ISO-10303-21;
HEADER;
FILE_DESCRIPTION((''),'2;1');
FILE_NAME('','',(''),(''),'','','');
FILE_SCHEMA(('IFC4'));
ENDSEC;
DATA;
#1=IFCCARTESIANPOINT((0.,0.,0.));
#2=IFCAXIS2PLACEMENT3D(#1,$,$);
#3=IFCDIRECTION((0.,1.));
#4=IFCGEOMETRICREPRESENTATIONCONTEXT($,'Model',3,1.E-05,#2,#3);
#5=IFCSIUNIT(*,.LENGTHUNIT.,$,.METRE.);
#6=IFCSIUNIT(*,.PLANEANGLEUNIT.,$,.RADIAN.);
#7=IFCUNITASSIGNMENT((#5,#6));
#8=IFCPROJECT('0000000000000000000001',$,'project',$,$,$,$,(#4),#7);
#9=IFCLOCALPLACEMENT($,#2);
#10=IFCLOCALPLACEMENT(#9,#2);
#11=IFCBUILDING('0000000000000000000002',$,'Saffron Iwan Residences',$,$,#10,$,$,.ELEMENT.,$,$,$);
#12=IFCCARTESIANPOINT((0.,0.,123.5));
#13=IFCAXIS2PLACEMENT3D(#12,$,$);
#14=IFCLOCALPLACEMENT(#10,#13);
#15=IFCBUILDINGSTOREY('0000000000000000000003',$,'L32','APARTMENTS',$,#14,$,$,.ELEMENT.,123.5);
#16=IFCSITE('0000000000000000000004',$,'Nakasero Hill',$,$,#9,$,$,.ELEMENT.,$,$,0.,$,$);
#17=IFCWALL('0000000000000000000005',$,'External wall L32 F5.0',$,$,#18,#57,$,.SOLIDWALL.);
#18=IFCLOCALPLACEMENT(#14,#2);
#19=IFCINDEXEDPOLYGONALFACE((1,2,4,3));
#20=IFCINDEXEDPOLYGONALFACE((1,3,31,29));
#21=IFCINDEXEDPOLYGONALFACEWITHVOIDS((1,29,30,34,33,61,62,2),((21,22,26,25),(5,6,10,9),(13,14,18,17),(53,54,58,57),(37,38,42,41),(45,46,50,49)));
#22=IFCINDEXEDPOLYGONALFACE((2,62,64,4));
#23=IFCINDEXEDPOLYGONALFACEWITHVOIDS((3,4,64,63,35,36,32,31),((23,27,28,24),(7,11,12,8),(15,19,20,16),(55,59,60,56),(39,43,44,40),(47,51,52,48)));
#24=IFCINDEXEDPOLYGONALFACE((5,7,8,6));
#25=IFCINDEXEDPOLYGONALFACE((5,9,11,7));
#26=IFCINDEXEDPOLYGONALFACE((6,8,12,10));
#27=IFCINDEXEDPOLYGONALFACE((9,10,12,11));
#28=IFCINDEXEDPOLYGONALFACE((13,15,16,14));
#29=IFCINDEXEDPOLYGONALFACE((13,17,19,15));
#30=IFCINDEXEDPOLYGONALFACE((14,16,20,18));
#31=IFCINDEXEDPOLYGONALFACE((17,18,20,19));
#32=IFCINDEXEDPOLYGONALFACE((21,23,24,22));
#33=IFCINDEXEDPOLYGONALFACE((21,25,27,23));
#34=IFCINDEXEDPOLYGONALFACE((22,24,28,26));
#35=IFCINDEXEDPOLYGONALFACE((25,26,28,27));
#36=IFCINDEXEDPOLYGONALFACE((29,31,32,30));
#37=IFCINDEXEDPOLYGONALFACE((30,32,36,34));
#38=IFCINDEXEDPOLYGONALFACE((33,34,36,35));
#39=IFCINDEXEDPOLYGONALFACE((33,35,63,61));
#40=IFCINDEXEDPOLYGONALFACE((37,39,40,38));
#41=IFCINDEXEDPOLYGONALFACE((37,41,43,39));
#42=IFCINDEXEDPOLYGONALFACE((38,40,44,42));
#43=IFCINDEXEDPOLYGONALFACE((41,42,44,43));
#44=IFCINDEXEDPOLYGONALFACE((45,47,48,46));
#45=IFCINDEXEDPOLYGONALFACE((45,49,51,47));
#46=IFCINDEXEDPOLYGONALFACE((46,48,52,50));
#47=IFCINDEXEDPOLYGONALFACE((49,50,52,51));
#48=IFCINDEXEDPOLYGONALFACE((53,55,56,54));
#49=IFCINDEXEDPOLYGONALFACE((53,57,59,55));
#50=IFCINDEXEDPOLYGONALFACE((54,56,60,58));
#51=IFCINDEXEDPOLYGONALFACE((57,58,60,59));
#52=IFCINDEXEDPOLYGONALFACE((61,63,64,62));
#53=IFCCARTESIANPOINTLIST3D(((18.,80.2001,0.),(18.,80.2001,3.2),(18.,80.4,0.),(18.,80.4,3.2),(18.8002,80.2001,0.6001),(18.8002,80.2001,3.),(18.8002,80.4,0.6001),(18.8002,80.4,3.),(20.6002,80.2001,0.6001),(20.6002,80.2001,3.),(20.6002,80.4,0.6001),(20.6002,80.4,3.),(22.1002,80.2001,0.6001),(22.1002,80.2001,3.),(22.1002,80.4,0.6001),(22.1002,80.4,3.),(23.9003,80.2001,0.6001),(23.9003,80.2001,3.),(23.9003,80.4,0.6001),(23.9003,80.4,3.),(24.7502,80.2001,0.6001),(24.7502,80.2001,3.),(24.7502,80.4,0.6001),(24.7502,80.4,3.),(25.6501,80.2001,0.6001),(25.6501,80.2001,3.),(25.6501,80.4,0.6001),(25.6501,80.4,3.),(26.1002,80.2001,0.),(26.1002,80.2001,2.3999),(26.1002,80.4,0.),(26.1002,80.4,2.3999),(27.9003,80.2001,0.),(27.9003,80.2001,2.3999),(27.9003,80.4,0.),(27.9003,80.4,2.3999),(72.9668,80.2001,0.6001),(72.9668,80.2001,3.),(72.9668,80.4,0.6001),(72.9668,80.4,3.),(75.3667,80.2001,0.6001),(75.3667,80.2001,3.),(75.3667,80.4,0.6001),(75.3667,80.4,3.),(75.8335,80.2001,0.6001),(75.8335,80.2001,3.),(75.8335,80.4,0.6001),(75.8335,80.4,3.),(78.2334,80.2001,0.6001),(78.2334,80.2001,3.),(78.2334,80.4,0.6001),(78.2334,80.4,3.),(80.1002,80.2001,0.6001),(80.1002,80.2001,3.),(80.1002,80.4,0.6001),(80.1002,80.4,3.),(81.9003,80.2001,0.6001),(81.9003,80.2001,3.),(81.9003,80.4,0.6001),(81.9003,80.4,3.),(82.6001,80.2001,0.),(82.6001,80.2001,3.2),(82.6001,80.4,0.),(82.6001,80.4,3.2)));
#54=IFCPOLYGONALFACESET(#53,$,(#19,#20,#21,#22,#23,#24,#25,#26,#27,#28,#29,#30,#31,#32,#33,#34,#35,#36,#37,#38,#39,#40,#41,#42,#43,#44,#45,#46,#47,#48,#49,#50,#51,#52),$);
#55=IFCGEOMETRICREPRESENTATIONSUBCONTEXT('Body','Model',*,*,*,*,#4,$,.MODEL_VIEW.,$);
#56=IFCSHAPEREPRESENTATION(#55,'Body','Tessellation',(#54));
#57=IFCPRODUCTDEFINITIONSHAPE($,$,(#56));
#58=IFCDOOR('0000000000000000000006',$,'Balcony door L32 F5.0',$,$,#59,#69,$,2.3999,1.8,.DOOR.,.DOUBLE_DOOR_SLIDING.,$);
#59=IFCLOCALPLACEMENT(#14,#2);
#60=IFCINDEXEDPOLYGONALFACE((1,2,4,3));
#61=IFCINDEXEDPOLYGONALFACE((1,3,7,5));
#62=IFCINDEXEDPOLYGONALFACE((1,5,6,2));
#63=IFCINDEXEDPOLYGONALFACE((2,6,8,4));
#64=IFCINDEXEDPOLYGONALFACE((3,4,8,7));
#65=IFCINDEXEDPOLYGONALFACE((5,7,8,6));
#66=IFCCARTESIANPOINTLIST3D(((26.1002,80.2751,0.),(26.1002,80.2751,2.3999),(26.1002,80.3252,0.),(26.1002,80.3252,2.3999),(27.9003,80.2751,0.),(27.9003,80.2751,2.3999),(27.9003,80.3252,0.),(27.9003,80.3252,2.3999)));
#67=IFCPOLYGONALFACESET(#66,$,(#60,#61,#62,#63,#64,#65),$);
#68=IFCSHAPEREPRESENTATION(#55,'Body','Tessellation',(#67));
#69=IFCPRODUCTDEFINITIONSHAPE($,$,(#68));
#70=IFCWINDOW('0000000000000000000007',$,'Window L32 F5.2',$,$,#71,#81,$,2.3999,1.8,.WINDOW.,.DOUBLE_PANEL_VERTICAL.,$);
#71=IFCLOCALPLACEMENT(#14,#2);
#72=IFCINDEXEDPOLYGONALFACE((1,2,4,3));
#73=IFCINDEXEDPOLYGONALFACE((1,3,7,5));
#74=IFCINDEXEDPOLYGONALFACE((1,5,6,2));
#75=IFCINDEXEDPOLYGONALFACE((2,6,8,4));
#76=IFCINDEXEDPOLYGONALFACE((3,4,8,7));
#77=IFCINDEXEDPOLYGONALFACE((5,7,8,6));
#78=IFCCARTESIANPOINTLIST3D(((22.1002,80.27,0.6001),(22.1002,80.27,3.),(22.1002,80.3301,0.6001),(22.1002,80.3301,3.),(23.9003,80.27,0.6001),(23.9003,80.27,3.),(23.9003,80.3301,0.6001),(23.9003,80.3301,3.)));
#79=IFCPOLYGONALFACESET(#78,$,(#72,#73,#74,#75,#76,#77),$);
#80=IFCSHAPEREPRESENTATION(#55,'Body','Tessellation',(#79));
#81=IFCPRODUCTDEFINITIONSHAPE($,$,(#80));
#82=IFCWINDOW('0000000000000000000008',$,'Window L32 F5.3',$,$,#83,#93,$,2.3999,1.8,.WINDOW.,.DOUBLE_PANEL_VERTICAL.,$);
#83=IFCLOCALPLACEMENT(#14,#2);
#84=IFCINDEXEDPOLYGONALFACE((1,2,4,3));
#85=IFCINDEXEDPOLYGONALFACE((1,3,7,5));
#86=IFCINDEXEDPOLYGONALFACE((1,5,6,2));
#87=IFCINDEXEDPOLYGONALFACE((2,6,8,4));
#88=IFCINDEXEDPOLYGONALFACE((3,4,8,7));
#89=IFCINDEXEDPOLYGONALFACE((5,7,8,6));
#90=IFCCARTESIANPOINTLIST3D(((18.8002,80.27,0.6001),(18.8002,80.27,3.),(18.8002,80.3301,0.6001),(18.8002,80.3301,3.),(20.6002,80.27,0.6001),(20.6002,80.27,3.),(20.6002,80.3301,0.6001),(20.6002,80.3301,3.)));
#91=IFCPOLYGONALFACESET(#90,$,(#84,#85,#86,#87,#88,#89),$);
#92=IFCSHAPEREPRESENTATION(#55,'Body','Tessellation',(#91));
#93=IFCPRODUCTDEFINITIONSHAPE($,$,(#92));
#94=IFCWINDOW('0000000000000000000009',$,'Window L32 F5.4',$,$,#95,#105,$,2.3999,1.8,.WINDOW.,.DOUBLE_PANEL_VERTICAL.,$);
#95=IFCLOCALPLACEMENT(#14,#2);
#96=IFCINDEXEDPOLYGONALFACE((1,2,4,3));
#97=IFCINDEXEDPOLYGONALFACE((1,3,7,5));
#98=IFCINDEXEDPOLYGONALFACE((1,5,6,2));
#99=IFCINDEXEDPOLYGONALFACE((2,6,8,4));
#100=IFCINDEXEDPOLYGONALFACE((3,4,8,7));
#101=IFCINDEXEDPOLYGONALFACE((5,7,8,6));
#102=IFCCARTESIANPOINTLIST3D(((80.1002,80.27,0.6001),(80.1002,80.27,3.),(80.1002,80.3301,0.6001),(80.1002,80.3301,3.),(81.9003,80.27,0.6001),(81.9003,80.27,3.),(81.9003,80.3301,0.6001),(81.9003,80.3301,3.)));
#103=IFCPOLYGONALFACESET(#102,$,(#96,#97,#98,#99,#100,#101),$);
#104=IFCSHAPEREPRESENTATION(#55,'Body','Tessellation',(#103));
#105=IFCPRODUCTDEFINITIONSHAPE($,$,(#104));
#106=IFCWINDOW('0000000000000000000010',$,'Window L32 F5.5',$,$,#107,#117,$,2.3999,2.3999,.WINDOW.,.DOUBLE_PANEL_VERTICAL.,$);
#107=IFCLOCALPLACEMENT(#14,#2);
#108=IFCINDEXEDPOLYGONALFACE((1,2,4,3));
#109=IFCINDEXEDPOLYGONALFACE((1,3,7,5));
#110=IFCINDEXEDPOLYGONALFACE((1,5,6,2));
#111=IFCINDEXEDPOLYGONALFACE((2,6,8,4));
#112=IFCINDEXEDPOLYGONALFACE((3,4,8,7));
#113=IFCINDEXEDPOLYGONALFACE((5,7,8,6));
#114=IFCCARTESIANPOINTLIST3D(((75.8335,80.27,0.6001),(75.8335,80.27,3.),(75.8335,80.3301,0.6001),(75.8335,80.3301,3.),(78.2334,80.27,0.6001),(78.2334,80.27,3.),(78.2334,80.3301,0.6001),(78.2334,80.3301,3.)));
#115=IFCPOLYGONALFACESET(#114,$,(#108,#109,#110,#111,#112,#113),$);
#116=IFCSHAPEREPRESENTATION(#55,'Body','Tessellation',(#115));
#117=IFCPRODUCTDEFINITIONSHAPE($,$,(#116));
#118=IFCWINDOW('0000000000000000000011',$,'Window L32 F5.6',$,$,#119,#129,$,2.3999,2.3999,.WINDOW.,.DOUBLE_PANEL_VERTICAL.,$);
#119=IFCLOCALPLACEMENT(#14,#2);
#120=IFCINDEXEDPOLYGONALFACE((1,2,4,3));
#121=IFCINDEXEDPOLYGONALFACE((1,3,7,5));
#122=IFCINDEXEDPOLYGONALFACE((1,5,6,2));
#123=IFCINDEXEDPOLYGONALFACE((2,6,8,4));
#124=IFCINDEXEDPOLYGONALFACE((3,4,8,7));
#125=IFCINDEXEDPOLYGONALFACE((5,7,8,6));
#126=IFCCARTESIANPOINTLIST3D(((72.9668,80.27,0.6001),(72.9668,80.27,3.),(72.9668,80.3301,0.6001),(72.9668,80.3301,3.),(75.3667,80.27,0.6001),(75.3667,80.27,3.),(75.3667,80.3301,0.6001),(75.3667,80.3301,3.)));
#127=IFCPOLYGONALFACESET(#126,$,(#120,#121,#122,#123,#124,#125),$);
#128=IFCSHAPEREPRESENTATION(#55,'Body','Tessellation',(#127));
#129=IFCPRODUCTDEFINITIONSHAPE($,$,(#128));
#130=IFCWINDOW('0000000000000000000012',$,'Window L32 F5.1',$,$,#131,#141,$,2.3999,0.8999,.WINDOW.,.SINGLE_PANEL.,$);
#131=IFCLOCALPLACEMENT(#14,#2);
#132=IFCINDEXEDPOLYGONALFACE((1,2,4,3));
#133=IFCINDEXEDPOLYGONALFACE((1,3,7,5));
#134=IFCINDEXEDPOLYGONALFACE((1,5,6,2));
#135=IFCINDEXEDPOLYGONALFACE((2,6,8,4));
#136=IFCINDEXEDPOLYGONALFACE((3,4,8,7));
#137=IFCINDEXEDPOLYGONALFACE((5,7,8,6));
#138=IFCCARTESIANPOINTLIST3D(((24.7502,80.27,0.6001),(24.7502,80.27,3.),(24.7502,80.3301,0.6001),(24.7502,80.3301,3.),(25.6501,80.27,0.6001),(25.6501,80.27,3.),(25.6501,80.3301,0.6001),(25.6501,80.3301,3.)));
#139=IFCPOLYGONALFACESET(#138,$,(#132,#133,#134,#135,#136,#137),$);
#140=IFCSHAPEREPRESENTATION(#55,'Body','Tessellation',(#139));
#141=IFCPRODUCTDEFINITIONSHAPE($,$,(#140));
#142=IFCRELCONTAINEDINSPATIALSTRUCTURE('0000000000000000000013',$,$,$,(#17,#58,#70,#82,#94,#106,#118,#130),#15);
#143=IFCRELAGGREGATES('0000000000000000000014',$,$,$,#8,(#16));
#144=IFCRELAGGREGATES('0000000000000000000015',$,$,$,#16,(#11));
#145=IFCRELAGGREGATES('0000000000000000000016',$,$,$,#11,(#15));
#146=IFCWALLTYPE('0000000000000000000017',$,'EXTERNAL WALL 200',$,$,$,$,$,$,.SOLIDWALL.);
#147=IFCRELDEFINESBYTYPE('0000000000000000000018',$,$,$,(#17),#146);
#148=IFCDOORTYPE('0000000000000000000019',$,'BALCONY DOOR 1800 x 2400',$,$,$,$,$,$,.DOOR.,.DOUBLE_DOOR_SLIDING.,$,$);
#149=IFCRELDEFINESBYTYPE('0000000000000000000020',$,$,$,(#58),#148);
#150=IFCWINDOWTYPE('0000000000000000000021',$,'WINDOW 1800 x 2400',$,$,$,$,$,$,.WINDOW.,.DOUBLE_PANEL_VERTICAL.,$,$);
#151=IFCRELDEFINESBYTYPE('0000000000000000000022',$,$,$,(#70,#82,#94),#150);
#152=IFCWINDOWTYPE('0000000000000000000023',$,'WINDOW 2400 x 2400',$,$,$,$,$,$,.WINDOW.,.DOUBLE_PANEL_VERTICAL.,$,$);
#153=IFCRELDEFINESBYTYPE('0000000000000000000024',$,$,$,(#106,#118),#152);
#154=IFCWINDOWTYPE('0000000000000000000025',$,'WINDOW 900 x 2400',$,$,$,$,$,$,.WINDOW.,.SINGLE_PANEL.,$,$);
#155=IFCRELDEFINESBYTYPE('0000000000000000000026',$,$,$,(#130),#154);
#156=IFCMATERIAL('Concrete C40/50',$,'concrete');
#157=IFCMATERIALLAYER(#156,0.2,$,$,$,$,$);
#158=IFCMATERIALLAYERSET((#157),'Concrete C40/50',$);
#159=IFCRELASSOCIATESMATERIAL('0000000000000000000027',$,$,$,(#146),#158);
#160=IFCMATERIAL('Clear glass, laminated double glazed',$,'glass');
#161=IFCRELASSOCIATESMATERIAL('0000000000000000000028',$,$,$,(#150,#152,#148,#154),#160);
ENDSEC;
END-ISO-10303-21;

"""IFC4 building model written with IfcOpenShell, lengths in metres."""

from ifc_helpers import new_model, si_unit, direction, frame, frame_2d, origin, place, context, subcontext, project, spatial, rectangle, extrude, material, layer, layer_set, type_object, element, fill, save


model = new_model("IFC4")

# Units and contexts
model_context = context("Model", 3, precision=1e-05, world=origin(), true_north=direction((0.0, 1.0)))
body_context = subcontext(model_context, "Body", "Model", "MODEL_VIEW")
ifc_project = project(units=[si_unit("LENGTHUNIT", "METRE"), si_unit("PLANEANGLEUNIT", "RADIAN")], contexts=[model_context])

# Site, building, storey
site_placement = place(None, origin())
site = spatial("IfcSite", under=ifc_project, at=site_placement, Name="Nakasero Hill", CompositionType="ELEMENT", RefElevation=0.0)
building_placement = place(site_placement, origin())
building = spatial("IfcBuilding", under=site, at=building_placement, Name="Saffron Iwan Residences", CompositionType="ELEMENT")
storey_placement = place(building_placement, frame((0.0, 0.0, 123.5)))
storey = spatial("IfcBuildingStorey", under=building, at=storey_placement, Name="L32", Description="APARTMENTS", CompositionType="ELEMENT", Elevation=123.5)

# Shared definitions
ifc_material_1 = material(Name="Concrete C40/50", Category="concrete")
ifc_layer = layer(ifc_material_1, 0.2)
ifc_layer_set = layer_set([ifc_layer], Name="Concrete C40/50")
wall_type = type_object("IfcWallType", Name="EXTERNAL WALL 200", PredefinedType="SOLIDWALL", material=ifc_layer_set)
ifc_material_2 = material(Name="Clear glass, laminated double glazed", Category="glass")
window_type_1 = type_object("IfcWindowType", Name="WINDOW 1800 x 2400", PartitioningType="DOUBLE_PANEL_VERTICAL", PredefinedType="WINDOW", material=ifc_material_2)
window_type_2 = type_object("IfcWindowType", Name="WINDOW 2400 x 2400", PartitioningType="DOUBLE_PANEL_VERTICAL", PredefinedType="WINDOW", material=ifc_material_2)

# Wall, openings, door, windows
wall_1_placement = place(storey_placement, frame((82.6001, 80.3, 0.0), z_axis=(0.0, 0.0, 1.0), x_axis=(-1.0, 0.0, 0.0)))
wall_1 = element("IfcWall", 1, at=wall_1_placement, inside=storey, type_object=wall_type, Name="External wall L32 F5.0", PredefinedType="SOLIDWALL", context=body_context, shape_type="SweptSolid", body=[
    extrude(rectangle(XDim=64.6001, YDim=0.2, at=frame_2d((32.3, 0.0))), origin(), (0.0, 0.0, 1.0), 3.2),
])
opening_1_placement = place(wall_1_placement, frame((54.7, 0.0, 0.0)))
opening_1 = element("IfcOpeningElement", 2, at=opening_1_placement, cuts=wall_1, PredefinedType="OPENING", context=body_context, shape_type="SweptSolid", body=[
    extrude(rectangle(XDim=1.8, YDim=2.3999, at=frame_2d((0.8999, 1.2))), frame((0.0, 0.1099, 0.0), z_axis=(0.0, -1.0, 0.0), x_axis=(1.0, 0.0, 0.0)), (0.0, 0.0, 1.0), 0.22),
])
opening_2_placement = place(wall_1_placement, frame((56.95, 0.0, 0.6001)))
opening_2 = element("IfcOpeningElement", 3, at=opening_2_placement, cuts=wall_1, PredefinedType="OPENING", context=body_context, shape_type="SweptSolid", body=[
    extrude(rectangle(XDim=0.8999, YDim=2.3999, at=frame_2d((0.45, 1.2))), frame((0.0, 0.1099, 0.0), z_axis=(0.0, -1.0, 0.0), x_axis=(1.0, 0.0, 0.0)), (0.0, 0.0, 1.0), 0.22),
])
opening_3_placement = place(wall_1_placement, frame((58.7, 0.0, 0.6001)))
opening_3 = element("IfcOpeningElement", 4, at=opening_3_placement, cuts=wall_1, PredefinedType="OPENING", context=body_context, shape_type="SweptSolid", body=[
    extrude(rectangle(XDim=1.8, YDim=2.3999, at=frame_2d((0.8999, 1.2))), frame((0.0, 0.1099, 0.0), z_axis=(0.0, -1.0, 0.0), x_axis=(1.0, 0.0, 0.0)), (0.0, 0.0, 1.0), 0.22),
])
opening_4_placement = place(wall_1_placement, frame((62.0, 0.0, 0.6001)))
opening_4 = element("IfcOpeningElement", 5, at=opening_4_placement, cuts=wall_1, PredefinedType="OPENING", context=body_context, shape_type="SweptSolid", body=[
    extrude(rectangle(XDim=1.8, YDim=2.3999, at=frame_2d((0.8999, 1.2))), frame((0.0, 0.1099, 0.0), z_axis=(0.0, -1.0, 0.0), x_axis=(1.0, 0.0, 0.0)), (0.0, 0.0, 1.0), 0.22),
])
opening_5_placement = place(wall_1_placement, frame((0.7, 0.0, 0.6001)))
opening_5 = element("IfcOpeningElement", 6, at=opening_5_placement, cuts=wall_1, PredefinedType="OPENING", context=body_context, shape_type="SweptSolid", body=[
    extrude(rectangle(XDim=1.8, YDim=2.3999, at=frame_2d((0.8999, 1.2))), frame((0.0, 0.1099, 0.0), z_axis=(0.0, -1.0, 0.0), x_axis=(1.0, 0.0, 0.0)), (0.0, 0.0, 1.0), 0.22),
])
opening_6_placement = place(wall_1_placement, frame((4.3667, 0.0, 0.6001)))
opening_6 = element("IfcOpeningElement", 7, at=opening_6_placement, cuts=wall_1, PredefinedType="OPENING", context=body_context, shape_type="SweptSolid", body=[
    extrude(rectangle(XDim=2.3999, YDim=2.3999, at=frame_2d((1.2, 1.2))), frame((0.0, 0.1099, 0.0), z_axis=(0.0, -1.0, 0.0), x_axis=(1.0, 0.0, 0.0)), (0.0, 0.0, 1.0), 0.22),
])
opening_7_placement = place(wall_1_placement, frame((7.2334, 0.0, 0.6001)))
opening_7 = element("IfcOpeningElement", 8, at=opening_7_placement, cuts=wall_1, PredefinedType="OPENING", context=body_context, shape_type="SweptSolid", body=[
    extrude(rectangle(XDim=2.3999, YDim=2.3999, at=frame_2d((1.2, 1.2))), frame((0.0, 0.1099, 0.0), z_axis=(0.0, -1.0, 0.0), x_axis=(1.0, 0.0, 0.0)), (0.0, 0.0, 1.0), 0.22),
])
door_type = type_object("IfcDoorType", Name="BALCONY DOOR 1800 x 2400", OperationType="DOUBLE_DOOR_SLIDING", PredefinedType="DOOR", material=ifc_material_2)
door_placement = place(opening_1_placement, origin())
door = element("IfcDoor", 9, at=door_placement, inside=storey, type_object=door_type, Name="Balcony door L32 F5.0", OperationType="DOUBLE_DOOR_SLIDING", OverallHeight=2.3999, OverallWidth=1.8, PredefinedType="DOOR", context=body_context, shape_type="SweptSolid", body=[
    extrude(rectangle(XDim=1.8, YDim=2.3999, at=frame_2d((0.8999, 1.2))), frame((0.0, 0.0249, 0.0), z_axis=(0.0, -1.0, 0.0), x_axis=(1.0, 0.0, 0.0)), (0.0, 0.0, 1.0), 0.05),
])
fill(opening_1, door)
window_1_placement = place(opening_3_placement, origin())
window_1 = element("IfcWindow", 10, at=window_1_placement, inside=storey, type_object=window_type_1, Name="Window L32 F5.2", OverallHeight=2.3999, OverallWidth=1.8, PartitioningType="DOUBLE_PANEL_VERTICAL", PredefinedType="WINDOW", context=body_context, shape_type="SweptSolid", body=[
    extrude(rectangle(XDim=1.8, YDim=2.3999, at=frame_2d((0.8999, 1.2))), frame((0.0, 0.03, 0.0), z_axis=(0.0, -1.0, 0.0), x_axis=(1.0, 0.0, 0.0)), (0.0, 0.0, 1.0), 0.0601),
])
fill(opening_3, window_1)
window_2_placement = place(opening_4_placement, origin())
window_2 = element("IfcWindow", 11, at=window_2_placement, inside=storey, type_object=window_type_1, Name="Window L32 F5.3", OverallHeight=2.3999, OverallWidth=1.8, PartitioningType="DOUBLE_PANEL_VERTICAL", PredefinedType="WINDOW", context=body_context, shape_type="SweptSolid", body=[
    extrude(rectangle(XDim=1.8, YDim=2.3999, at=frame_2d((0.8999, 1.2))), frame((0.0, 0.03, 0.0), z_axis=(0.0, -1.0, 0.0), x_axis=(1.0, 0.0, 0.0)), (0.0, 0.0, 1.0), 0.0601),
])
fill(opening_4, window_2)
window_3_placement = place(opening_5_placement, origin())
window_3 = element("IfcWindow", 12, at=window_3_placement, inside=storey, type_object=window_type_1, Name="Window L32 F5.4", OverallHeight=2.3999, OverallWidth=1.8, PartitioningType="DOUBLE_PANEL_VERTICAL", PredefinedType="WINDOW", context=body_context, shape_type="SweptSolid", body=[
    extrude(rectangle(XDim=1.8, YDim=2.3999, at=frame_2d((0.8999, 1.2))), frame((0.0, 0.03, 0.0), z_axis=(0.0, -1.0, 0.0), x_axis=(1.0, 0.0, 0.0)), (0.0, 0.0, 1.0), 0.0601),
])
fill(opening_5, window_3)
window_4_placement = place(opening_6_placement, origin())
window_4 = element("IfcWindow", 13, at=window_4_placement, inside=storey, type_object=window_type_2, Name="Window L32 F5.5", OverallHeight=2.3999, OverallWidth=2.3999, PartitioningType="DOUBLE_PANEL_VERTICAL", PredefinedType="WINDOW", context=body_context, shape_type="SweptSolid", body=[
    extrude(rectangle(XDim=2.3999, YDim=2.3999, at=frame_2d((1.2, 1.2))), frame((0.0, 0.03, 0.0), z_axis=(0.0, -1.0, 0.0), x_axis=(1.0, 0.0, 0.0)), (0.0, 0.0, 1.0), 0.0601),
])
fill(opening_6, window_4)
window_5_placement = place(opening_7_placement, origin())
window_5 = element("IfcWindow", 14, at=window_5_placement, inside=storey, type_object=window_type_2, Name="Window L32 F5.6", OverallHeight=2.3999, OverallWidth=2.3999, PartitioningType="DOUBLE_PANEL_VERTICAL", PredefinedType="WINDOW", context=body_context, shape_type="SweptSolid", body=[
    extrude(rectangle(XDim=2.3999, YDim=2.3999, at=frame_2d((1.2, 1.2))), frame((0.0, 0.03, 0.0), z_axis=(0.0, -1.0, 0.0), x_axis=(1.0, 0.0, 0.0)), (0.0, 0.0, 1.0), 0.0601),
])
fill(opening_7, window_5)
window_type_3 = type_object("IfcWindowType", Name="WINDOW 900 x 2400", PartitioningType="SINGLE_PANEL", PredefinedType="WINDOW", material=ifc_material_2)
window_6_placement = place(opening_2_placement, origin())
window_6 = element("IfcWindow", 15, at=window_6_placement, inside=storey, type_object=window_type_3, Name="Window L32 F5.1", OverallHeight=2.3999, OverallWidth=0.8999, PartitioningType="SINGLE_PANEL", PredefinedType="WINDOW", context=body_context, shape_type="SweptSolid", body=[
    extrude(rectangle(XDim=0.8999, YDim=2.3999, at=frame_2d((0.45, 1.2))), frame((0.0, 0.03, 0.0), z_axis=(0.0, -1.0, 0.0), x_axis=(1.0, 0.0, 0.0)), (0.0, 0.0, 1.0), 0.0601),
])
fill(opening_2, window_6)

save(model, "model.ifc")
